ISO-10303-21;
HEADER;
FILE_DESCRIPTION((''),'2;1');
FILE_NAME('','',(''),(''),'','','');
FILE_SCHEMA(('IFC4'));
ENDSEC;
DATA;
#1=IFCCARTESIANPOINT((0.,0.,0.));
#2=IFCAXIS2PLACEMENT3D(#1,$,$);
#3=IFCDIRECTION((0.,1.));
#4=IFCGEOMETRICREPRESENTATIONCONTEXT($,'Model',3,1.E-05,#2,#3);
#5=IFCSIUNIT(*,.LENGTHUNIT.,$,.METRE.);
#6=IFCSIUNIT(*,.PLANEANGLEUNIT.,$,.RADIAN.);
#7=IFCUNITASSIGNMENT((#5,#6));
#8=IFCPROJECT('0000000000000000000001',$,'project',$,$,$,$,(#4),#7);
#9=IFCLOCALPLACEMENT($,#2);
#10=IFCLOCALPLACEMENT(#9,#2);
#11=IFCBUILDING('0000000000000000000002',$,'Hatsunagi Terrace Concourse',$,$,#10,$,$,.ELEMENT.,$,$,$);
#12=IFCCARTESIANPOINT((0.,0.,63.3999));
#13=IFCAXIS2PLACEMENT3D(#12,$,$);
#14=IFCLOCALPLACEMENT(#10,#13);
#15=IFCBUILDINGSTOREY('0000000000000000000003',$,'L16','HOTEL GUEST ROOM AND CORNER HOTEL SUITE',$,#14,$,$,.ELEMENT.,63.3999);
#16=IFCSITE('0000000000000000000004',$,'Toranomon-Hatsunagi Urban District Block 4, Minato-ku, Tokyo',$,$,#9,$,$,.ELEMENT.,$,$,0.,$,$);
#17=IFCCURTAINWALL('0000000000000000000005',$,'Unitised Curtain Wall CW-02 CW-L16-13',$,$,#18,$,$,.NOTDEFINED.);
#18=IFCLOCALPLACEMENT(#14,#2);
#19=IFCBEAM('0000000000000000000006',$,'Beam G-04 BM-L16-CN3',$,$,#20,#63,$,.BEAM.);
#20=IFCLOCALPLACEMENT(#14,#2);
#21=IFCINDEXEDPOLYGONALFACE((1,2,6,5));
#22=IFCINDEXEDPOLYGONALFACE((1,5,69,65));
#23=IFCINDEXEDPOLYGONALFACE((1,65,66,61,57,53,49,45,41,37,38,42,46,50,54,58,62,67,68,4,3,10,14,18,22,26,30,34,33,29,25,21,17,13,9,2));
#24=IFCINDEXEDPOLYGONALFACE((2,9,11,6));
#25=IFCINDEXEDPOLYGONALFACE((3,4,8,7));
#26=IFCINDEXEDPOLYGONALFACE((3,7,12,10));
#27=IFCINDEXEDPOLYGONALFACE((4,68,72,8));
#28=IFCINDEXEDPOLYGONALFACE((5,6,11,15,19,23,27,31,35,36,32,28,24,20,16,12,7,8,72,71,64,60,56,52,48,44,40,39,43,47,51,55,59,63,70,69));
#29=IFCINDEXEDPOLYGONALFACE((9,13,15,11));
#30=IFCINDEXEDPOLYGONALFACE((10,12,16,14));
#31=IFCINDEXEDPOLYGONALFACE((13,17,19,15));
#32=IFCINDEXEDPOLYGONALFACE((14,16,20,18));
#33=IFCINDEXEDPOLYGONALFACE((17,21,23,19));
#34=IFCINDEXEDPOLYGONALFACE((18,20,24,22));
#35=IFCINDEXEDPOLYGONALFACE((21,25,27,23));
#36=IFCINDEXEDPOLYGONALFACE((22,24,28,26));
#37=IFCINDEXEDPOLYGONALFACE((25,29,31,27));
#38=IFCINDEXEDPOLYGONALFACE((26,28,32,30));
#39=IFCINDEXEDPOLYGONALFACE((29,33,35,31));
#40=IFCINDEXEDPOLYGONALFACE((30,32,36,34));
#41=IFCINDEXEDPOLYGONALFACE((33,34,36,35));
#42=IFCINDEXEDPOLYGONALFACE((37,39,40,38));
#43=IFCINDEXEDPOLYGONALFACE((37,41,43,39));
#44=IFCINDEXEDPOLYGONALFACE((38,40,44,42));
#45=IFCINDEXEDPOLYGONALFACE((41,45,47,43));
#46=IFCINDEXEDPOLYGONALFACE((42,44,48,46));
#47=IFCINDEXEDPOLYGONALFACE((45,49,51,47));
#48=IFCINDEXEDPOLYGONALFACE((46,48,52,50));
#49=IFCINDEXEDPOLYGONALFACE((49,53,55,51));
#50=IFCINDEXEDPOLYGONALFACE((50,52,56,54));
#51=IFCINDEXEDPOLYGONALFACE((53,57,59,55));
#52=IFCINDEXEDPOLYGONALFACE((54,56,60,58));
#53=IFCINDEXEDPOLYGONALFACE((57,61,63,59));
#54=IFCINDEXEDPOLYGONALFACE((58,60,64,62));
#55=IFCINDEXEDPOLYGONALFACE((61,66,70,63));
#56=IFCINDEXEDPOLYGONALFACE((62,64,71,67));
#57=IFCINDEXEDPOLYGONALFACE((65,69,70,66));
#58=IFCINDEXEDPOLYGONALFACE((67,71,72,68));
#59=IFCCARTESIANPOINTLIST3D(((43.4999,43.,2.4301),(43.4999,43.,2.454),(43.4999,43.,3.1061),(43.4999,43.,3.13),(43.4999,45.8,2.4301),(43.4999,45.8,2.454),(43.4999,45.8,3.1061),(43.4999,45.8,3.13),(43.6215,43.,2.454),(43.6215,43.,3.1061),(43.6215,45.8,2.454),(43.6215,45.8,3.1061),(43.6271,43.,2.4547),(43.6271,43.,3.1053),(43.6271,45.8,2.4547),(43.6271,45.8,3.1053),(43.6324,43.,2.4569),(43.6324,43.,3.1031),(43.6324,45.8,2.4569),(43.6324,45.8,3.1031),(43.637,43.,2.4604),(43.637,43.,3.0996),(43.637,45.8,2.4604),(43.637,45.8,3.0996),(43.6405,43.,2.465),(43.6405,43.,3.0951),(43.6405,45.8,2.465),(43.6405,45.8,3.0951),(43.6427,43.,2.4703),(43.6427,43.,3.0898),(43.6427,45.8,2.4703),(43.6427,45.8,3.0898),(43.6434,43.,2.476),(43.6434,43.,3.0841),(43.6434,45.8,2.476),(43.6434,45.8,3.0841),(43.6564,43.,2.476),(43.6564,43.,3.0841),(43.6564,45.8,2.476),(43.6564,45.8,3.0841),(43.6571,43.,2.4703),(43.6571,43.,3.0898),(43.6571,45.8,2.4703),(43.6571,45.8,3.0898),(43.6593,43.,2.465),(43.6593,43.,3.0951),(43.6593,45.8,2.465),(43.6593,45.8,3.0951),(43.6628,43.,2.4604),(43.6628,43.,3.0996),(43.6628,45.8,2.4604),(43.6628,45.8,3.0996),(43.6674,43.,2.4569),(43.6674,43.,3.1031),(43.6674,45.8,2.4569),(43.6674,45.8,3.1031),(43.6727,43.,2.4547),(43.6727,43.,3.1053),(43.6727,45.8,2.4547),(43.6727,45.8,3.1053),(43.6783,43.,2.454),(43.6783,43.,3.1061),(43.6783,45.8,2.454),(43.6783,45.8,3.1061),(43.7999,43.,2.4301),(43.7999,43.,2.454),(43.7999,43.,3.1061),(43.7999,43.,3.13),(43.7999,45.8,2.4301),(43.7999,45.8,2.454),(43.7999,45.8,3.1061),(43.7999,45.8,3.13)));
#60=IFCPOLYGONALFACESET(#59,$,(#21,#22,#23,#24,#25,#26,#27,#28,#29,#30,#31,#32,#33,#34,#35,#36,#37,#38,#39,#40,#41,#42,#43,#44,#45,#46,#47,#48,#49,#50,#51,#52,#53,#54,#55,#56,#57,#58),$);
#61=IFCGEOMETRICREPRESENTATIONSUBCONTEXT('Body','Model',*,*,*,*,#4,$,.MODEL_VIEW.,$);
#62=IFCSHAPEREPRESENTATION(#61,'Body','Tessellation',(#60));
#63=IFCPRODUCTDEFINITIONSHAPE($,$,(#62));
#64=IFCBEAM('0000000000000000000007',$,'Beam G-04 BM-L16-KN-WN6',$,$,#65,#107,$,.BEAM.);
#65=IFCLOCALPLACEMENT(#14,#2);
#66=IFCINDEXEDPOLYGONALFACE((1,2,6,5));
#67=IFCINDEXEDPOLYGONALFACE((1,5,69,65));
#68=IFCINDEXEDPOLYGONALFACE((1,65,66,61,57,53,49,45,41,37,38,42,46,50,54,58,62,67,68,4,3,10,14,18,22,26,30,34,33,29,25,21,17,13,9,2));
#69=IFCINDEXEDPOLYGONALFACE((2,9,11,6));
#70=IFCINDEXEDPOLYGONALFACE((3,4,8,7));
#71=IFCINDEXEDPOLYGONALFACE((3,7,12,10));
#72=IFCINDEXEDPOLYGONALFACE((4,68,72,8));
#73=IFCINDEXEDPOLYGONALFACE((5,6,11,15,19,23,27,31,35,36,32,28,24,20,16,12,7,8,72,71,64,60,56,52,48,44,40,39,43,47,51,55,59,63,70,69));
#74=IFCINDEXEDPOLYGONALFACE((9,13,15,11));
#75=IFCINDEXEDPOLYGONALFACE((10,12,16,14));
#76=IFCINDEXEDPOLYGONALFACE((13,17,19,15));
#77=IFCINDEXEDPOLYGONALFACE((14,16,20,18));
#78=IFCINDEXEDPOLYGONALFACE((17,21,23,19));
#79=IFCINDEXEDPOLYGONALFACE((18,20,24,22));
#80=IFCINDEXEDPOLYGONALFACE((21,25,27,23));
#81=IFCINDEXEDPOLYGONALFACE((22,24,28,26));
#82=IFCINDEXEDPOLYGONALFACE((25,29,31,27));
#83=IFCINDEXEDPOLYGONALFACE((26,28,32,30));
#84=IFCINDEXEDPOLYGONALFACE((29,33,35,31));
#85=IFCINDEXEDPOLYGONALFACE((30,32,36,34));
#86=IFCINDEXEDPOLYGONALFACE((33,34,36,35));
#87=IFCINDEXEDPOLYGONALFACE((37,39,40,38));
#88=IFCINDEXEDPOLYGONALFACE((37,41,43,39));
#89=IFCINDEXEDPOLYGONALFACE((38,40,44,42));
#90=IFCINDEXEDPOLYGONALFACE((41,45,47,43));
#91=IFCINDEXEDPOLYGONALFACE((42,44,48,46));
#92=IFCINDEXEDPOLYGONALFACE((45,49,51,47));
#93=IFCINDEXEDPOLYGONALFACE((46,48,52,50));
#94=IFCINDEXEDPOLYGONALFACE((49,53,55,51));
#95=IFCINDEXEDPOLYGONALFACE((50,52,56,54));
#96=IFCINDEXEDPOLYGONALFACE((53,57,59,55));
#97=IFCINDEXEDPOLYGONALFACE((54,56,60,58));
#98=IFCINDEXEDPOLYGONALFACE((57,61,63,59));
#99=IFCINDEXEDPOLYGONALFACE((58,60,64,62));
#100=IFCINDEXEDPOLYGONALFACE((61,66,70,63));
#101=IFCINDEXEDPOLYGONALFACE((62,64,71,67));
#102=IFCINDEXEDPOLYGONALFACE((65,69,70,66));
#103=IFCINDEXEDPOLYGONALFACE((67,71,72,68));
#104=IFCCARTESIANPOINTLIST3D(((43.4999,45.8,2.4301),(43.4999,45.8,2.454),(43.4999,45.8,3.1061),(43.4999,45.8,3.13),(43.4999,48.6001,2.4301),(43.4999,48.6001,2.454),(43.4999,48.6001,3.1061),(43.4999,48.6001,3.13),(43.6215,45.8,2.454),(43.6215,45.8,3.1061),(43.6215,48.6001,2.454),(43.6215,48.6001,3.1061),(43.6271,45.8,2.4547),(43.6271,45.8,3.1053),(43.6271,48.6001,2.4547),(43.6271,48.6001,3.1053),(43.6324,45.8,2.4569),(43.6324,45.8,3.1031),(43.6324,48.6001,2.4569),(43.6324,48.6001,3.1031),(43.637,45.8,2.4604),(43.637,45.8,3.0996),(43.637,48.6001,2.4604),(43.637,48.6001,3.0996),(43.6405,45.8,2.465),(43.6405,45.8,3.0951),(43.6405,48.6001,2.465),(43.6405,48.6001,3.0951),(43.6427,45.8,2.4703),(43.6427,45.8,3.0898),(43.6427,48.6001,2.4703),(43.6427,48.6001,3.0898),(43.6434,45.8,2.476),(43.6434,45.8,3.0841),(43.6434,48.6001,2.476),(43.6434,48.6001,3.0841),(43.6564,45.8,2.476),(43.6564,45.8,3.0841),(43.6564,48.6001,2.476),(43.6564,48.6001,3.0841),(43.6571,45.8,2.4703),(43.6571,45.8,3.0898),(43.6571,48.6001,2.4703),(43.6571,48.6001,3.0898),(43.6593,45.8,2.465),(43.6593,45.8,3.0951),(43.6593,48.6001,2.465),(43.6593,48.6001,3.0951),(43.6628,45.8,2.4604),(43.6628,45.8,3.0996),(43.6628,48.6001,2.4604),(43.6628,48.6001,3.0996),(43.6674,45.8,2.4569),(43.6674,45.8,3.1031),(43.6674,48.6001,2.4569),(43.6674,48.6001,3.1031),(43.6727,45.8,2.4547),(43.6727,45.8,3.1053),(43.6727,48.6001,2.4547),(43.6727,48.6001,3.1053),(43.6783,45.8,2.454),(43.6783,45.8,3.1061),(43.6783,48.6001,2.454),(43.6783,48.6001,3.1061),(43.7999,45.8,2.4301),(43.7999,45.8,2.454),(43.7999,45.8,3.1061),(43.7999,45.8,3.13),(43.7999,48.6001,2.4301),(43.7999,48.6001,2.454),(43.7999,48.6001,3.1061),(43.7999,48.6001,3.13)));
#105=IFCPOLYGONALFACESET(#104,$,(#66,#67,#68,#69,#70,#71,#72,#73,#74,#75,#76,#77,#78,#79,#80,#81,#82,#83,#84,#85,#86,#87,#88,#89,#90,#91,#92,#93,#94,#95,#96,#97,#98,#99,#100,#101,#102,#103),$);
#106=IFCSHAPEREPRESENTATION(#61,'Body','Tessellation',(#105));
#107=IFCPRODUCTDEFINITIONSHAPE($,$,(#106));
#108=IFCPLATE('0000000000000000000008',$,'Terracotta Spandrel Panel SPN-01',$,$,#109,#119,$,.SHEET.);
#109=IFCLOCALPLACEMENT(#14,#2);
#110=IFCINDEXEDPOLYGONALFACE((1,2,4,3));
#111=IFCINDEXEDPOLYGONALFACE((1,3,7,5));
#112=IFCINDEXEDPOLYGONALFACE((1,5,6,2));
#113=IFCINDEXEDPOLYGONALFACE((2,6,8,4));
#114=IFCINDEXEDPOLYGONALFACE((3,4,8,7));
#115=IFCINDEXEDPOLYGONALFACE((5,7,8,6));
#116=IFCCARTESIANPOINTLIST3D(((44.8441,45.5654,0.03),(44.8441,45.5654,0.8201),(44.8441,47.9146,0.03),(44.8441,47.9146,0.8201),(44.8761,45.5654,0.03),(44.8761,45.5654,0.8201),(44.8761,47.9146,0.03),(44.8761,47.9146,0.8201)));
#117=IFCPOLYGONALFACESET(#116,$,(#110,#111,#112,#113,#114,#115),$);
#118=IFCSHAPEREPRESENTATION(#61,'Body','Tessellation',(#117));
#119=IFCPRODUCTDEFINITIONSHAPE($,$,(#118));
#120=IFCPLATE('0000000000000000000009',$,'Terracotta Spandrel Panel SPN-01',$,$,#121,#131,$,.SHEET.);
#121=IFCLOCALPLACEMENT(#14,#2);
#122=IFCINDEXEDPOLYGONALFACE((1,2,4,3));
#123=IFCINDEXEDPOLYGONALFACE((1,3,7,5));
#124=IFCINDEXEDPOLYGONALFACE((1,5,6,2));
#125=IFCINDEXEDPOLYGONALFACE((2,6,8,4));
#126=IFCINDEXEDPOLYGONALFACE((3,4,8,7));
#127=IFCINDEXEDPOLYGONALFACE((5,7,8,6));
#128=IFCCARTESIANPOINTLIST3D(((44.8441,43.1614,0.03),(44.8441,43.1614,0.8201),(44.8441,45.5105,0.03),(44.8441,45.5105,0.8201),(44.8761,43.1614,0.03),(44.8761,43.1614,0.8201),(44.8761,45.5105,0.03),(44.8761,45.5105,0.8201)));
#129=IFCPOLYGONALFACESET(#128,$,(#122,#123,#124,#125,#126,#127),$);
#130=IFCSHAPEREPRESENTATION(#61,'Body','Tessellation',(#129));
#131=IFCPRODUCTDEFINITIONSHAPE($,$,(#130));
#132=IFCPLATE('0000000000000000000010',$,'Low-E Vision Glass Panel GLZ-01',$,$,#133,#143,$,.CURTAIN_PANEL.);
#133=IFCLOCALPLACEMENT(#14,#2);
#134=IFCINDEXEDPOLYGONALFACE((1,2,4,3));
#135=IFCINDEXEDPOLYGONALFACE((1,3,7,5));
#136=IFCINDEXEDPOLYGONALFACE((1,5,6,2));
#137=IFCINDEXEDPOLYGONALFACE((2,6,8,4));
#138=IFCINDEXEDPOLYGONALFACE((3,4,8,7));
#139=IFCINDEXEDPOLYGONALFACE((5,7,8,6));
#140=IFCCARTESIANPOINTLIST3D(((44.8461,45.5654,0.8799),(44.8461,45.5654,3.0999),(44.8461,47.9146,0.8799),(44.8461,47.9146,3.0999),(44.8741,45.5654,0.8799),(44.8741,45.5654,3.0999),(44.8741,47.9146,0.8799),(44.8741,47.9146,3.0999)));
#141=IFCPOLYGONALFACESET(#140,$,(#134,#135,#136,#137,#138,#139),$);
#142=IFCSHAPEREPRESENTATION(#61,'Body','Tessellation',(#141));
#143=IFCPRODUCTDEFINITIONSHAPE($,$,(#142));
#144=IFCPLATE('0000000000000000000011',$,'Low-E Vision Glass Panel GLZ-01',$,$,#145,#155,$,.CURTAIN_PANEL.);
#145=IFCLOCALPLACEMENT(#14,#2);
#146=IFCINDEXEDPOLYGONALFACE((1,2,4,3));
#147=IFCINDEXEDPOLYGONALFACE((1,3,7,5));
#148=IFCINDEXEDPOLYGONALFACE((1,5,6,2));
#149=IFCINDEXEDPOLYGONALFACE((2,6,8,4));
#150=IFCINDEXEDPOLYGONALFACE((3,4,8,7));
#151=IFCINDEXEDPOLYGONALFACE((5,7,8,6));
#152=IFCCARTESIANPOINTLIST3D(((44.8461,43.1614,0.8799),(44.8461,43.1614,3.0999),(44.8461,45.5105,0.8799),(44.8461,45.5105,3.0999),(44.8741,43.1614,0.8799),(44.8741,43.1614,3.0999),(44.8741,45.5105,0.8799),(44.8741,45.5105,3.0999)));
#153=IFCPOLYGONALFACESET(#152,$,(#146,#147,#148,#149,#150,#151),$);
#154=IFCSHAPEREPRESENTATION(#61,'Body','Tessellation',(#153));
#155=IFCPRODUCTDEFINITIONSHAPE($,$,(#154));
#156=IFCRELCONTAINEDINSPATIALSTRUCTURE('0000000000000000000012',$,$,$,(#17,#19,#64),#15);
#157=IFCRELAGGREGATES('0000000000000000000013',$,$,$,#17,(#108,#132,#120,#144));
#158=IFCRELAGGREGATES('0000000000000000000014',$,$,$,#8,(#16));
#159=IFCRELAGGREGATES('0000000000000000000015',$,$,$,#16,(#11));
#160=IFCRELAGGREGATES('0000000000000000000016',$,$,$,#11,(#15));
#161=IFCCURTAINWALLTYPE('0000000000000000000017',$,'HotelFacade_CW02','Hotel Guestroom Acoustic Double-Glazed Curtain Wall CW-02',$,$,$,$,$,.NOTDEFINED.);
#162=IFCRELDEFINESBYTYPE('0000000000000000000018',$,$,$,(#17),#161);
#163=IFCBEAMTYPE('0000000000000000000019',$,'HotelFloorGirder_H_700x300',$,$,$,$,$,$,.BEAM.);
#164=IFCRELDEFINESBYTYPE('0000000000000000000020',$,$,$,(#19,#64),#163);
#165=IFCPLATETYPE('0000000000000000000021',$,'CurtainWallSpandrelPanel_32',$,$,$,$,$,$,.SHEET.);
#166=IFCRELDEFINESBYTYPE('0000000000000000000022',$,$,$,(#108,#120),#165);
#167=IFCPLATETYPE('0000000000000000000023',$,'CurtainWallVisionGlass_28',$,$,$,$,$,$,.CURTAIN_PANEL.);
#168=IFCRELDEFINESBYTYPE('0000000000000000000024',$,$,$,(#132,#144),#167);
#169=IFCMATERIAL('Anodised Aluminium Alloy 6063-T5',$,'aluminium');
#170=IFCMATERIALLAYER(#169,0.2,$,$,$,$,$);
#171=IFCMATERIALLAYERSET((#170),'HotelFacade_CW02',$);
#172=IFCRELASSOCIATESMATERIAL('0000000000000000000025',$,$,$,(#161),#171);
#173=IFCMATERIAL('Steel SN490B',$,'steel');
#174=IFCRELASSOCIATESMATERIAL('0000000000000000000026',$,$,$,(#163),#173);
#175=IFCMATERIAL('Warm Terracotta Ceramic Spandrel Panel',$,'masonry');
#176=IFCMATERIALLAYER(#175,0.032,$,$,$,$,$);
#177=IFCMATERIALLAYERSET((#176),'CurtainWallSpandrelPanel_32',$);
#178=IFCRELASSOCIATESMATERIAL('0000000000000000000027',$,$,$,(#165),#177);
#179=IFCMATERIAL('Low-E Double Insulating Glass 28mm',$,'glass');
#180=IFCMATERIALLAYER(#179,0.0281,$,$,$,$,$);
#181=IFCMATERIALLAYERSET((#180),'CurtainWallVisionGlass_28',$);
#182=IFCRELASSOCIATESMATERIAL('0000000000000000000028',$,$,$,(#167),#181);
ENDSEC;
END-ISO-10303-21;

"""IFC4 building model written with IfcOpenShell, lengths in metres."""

from ifc_helpers import new_model, si_unit, direction, frame, origin, origin_2d, place, context, subcontext, project, spatial, rectangle, i_section, extrude, material, layer, layer_set, material_profile, profile_set, type_object, element, aggregate, save


model = new_model("IFC4")

# Units and contexts
model_context = context("Model", 3, precision=1e-05, world=origin(), true_north=direction((0.0, 1.0)))
body_context = subcontext(model_context, "Body", "Model", "MODEL_VIEW")
ifc_project = project(units=[si_unit("LENGTHUNIT", "METRE"), si_unit("PLANEANGLEUNIT", "RADIAN")], contexts=[model_context])

# Site, building, storey
site_placement = place(None, origin())
site = spatial("IfcSite", under=ifc_project, at=site_placement, Name="Toranomon-Hatsunagi Urban District Block 4, Minato-ku, Tokyo", CompositionType="ELEMENT", RefElevation=0.0)
building_placement = place(site_placement, origin())
building = spatial("IfcBuilding", under=site, at=building_placement, Name="Hatsunagi Terrace Concourse", CompositionType="ELEMENT")
storey_placement = place(building_placement, frame((0.0, 0.0, 63.3999)))
storey = spatial("IfcBuildingStorey", under=building, at=storey_placement, Name="L16", Description="HOTEL GUEST ROOM AND CORNER HOTEL SUITE", CompositionType="ELEMENT", Elevation=63.3999)

# Curtain wall
ifc_material_1 = material(Name="Anodised Aluminium Alloy 6063-T5", Category="aluminium")
ifc_layer_1 = layer(ifc_material_1, 0.2)
ifc_layer_set_1 = layer_set([ifc_layer_1], Name="HotelFacade_CW02")
curtain_wall_type = type_object("IfcCurtainWallType", Name="HotelFacade_CW02", Description="Hotel Guestroom Acoustic Double-Glazed Curtain Wall CW-02", PredefinedType="NOTDEFINED", material=ifc_layer_set_1)
curtain_wall_placement = place(storey_placement, origin())
curtain_wall = element("IfcCurtainWall", 1, at=curtain_wall_placement, inside=storey, type_object=curtain_wall_type, Name="Unitised Curtain Wall CW-02 CW-L16-13", PredefinedType="NOTDEFINED")

# Beams
ifc_material_2 = material(Name="Steel SN490B", Category="steel")
ifc_material_profile_1 = material_profile(ifc_material_2, i_section(OverallWidth=0.3, OverallDepth=0.7, WebThickness=0.0129, FlangeThickness=0.0239, FilletRadius=0.022, at=origin_2d()), Name="H-700x300x13x24")
ifc_profile_set_1 = profile_set([ifc_material_profile_1], Name="Steel SN490B")
beam_type = type_object("IfcBeamType", Name="HotelFloorGirder_H_700x300", PredefinedType="BEAM", material=ifc_profile_set_1)
for number, where, z_axis, x_axis, name in (
    (2, (43.6499, 43.0, 2.78), (0.0, 1.0, 0.0), (-1.0, 0.0, 0.0), "Beam G-04 BM-L16-CN3"),
    (3, (43.6499, 45.8, 2.78), (0.0, 1.0, 0.0), (-1.0, 0.0, 0.0), "Beam G-04 BM-L16-KN-WN6"),
):
    element("IfcBeam", number, at=place(storey_placement, frame(where, z_axis=z_axis, x_axis=x_axis)), inside=storey, type_object=beam_type, Name=name, PredefinedType="BEAM", context=body_context, shape_type="SweptSolid", body=[
        extrude(i_section(OverallWidth=0.3, OverallDepth=0.7, WebThickness=0.0129, FlangeThickness=0.0239, FilletRadius=0.022, at=origin_2d()), origin(), (0.0, 0.0, 1.0), 2.8),
    ])

# Plates
ifc_material_3 = material(Name="Warm Terracotta Ceramic Spandrel Panel", Category="masonry")
ifc_layer_2 = layer(ifc_material_3, 0.032)
ifc_layer_set_2 = layer_set([ifc_layer_2], Name="CurtainWallSpandrelPanel_32")
plate_type_1 = type_object("IfcPlateType", Name="CurtainWallSpandrelPanel_32", PredefinedType="SHEET", material=ifc_layer_set_2)
plate_1_placement = place(storey_placement, frame((44.8601, 46.74, 0.03), z_axis=(0.0, 0.0, 1.0), x_axis=(0.0, -1.0, 0.0)))
plate_1 = element("IfcPlate", 4, at=plate_1_placement, type_object=plate_type_1, Name="Terracotta Spandrel Panel SPN-01", PredefinedType="SHEET", context=body_context, shape_type="SweptSolid", body=[
    extrude(rectangle(XDim=2.3491, YDim=0.032, at=origin_2d()), origin(), (0.0, 0.0, 1.0), 0.79),
])
plate_2_placement = place(storey_placement, frame((44.8601, 44.3359, 0.03), z_axis=(0.0, 0.0, 1.0), x_axis=(0.0, -1.0, 0.0)))
plate_2 = element("IfcPlate", 5, at=plate_2_placement, type_object=plate_type_1, Name="Terracotta Spandrel Panel SPN-01", PredefinedType="SHEET", context=body_context, shape_type="SweptSolid", body=[
    extrude(rectangle(XDim=2.3491, YDim=0.032, at=origin_2d()), origin(), (0.0, 0.0, 1.0), 0.79),
])
ifc_material_4 = material(Name="Low-E Double Insulating Glass 28mm", Category="glass")
ifc_layer_3 = layer(ifc_material_4, 0.0281)
ifc_layer_set_3 = layer_set([ifc_layer_3], Name="CurtainWallVisionGlass_28")
plate_type_2 = type_object("IfcPlateType", Name="CurtainWallVisionGlass_28", PredefinedType="CURTAIN_PANEL", material=ifc_layer_set_3)
plate_3_placement = place(storey_placement, frame((44.8601, 46.74, 0.8799), z_axis=(0.0, 0.0, 1.0), x_axis=(0.0, -1.0, 0.0)))
plate_3 = element("IfcPlate", 6, at=plate_3_placement, type_object=plate_type_2, Name="Low-E Vision Glass Panel GLZ-01", PredefinedType="CURTAIN_PANEL", context=body_context, shape_type="SweptSolid", body=[
    extrude(rectangle(XDim=2.3491, YDim=0.0281, at=origin_2d()), origin(), (0.0, 0.0, 1.0), 2.22),
])
plate_4_placement = place(storey_placement, frame((44.8601, 44.3359, 0.8799), z_axis=(0.0, 0.0, 1.0), x_axis=(0.0, -1.0, 0.0)))
plate_4 = element("IfcPlate", 7, at=plate_4_placement, type_object=plate_type_2, Name="Low-E Vision Glass Panel GLZ-01", PredefinedType="CURTAIN_PANEL", context=body_context, shape_type="SweptSolid", body=[
    extrude(rectangle(XDim=2.3491, YDim=0.0281, at=origin_2d()), origin(), (0.0, 0.0, 1.0), 2.22),
])
aggregate(curtain_wall, [plate_1, plate_3, plate_2, plate_4])

save(model, "model.ifc")
